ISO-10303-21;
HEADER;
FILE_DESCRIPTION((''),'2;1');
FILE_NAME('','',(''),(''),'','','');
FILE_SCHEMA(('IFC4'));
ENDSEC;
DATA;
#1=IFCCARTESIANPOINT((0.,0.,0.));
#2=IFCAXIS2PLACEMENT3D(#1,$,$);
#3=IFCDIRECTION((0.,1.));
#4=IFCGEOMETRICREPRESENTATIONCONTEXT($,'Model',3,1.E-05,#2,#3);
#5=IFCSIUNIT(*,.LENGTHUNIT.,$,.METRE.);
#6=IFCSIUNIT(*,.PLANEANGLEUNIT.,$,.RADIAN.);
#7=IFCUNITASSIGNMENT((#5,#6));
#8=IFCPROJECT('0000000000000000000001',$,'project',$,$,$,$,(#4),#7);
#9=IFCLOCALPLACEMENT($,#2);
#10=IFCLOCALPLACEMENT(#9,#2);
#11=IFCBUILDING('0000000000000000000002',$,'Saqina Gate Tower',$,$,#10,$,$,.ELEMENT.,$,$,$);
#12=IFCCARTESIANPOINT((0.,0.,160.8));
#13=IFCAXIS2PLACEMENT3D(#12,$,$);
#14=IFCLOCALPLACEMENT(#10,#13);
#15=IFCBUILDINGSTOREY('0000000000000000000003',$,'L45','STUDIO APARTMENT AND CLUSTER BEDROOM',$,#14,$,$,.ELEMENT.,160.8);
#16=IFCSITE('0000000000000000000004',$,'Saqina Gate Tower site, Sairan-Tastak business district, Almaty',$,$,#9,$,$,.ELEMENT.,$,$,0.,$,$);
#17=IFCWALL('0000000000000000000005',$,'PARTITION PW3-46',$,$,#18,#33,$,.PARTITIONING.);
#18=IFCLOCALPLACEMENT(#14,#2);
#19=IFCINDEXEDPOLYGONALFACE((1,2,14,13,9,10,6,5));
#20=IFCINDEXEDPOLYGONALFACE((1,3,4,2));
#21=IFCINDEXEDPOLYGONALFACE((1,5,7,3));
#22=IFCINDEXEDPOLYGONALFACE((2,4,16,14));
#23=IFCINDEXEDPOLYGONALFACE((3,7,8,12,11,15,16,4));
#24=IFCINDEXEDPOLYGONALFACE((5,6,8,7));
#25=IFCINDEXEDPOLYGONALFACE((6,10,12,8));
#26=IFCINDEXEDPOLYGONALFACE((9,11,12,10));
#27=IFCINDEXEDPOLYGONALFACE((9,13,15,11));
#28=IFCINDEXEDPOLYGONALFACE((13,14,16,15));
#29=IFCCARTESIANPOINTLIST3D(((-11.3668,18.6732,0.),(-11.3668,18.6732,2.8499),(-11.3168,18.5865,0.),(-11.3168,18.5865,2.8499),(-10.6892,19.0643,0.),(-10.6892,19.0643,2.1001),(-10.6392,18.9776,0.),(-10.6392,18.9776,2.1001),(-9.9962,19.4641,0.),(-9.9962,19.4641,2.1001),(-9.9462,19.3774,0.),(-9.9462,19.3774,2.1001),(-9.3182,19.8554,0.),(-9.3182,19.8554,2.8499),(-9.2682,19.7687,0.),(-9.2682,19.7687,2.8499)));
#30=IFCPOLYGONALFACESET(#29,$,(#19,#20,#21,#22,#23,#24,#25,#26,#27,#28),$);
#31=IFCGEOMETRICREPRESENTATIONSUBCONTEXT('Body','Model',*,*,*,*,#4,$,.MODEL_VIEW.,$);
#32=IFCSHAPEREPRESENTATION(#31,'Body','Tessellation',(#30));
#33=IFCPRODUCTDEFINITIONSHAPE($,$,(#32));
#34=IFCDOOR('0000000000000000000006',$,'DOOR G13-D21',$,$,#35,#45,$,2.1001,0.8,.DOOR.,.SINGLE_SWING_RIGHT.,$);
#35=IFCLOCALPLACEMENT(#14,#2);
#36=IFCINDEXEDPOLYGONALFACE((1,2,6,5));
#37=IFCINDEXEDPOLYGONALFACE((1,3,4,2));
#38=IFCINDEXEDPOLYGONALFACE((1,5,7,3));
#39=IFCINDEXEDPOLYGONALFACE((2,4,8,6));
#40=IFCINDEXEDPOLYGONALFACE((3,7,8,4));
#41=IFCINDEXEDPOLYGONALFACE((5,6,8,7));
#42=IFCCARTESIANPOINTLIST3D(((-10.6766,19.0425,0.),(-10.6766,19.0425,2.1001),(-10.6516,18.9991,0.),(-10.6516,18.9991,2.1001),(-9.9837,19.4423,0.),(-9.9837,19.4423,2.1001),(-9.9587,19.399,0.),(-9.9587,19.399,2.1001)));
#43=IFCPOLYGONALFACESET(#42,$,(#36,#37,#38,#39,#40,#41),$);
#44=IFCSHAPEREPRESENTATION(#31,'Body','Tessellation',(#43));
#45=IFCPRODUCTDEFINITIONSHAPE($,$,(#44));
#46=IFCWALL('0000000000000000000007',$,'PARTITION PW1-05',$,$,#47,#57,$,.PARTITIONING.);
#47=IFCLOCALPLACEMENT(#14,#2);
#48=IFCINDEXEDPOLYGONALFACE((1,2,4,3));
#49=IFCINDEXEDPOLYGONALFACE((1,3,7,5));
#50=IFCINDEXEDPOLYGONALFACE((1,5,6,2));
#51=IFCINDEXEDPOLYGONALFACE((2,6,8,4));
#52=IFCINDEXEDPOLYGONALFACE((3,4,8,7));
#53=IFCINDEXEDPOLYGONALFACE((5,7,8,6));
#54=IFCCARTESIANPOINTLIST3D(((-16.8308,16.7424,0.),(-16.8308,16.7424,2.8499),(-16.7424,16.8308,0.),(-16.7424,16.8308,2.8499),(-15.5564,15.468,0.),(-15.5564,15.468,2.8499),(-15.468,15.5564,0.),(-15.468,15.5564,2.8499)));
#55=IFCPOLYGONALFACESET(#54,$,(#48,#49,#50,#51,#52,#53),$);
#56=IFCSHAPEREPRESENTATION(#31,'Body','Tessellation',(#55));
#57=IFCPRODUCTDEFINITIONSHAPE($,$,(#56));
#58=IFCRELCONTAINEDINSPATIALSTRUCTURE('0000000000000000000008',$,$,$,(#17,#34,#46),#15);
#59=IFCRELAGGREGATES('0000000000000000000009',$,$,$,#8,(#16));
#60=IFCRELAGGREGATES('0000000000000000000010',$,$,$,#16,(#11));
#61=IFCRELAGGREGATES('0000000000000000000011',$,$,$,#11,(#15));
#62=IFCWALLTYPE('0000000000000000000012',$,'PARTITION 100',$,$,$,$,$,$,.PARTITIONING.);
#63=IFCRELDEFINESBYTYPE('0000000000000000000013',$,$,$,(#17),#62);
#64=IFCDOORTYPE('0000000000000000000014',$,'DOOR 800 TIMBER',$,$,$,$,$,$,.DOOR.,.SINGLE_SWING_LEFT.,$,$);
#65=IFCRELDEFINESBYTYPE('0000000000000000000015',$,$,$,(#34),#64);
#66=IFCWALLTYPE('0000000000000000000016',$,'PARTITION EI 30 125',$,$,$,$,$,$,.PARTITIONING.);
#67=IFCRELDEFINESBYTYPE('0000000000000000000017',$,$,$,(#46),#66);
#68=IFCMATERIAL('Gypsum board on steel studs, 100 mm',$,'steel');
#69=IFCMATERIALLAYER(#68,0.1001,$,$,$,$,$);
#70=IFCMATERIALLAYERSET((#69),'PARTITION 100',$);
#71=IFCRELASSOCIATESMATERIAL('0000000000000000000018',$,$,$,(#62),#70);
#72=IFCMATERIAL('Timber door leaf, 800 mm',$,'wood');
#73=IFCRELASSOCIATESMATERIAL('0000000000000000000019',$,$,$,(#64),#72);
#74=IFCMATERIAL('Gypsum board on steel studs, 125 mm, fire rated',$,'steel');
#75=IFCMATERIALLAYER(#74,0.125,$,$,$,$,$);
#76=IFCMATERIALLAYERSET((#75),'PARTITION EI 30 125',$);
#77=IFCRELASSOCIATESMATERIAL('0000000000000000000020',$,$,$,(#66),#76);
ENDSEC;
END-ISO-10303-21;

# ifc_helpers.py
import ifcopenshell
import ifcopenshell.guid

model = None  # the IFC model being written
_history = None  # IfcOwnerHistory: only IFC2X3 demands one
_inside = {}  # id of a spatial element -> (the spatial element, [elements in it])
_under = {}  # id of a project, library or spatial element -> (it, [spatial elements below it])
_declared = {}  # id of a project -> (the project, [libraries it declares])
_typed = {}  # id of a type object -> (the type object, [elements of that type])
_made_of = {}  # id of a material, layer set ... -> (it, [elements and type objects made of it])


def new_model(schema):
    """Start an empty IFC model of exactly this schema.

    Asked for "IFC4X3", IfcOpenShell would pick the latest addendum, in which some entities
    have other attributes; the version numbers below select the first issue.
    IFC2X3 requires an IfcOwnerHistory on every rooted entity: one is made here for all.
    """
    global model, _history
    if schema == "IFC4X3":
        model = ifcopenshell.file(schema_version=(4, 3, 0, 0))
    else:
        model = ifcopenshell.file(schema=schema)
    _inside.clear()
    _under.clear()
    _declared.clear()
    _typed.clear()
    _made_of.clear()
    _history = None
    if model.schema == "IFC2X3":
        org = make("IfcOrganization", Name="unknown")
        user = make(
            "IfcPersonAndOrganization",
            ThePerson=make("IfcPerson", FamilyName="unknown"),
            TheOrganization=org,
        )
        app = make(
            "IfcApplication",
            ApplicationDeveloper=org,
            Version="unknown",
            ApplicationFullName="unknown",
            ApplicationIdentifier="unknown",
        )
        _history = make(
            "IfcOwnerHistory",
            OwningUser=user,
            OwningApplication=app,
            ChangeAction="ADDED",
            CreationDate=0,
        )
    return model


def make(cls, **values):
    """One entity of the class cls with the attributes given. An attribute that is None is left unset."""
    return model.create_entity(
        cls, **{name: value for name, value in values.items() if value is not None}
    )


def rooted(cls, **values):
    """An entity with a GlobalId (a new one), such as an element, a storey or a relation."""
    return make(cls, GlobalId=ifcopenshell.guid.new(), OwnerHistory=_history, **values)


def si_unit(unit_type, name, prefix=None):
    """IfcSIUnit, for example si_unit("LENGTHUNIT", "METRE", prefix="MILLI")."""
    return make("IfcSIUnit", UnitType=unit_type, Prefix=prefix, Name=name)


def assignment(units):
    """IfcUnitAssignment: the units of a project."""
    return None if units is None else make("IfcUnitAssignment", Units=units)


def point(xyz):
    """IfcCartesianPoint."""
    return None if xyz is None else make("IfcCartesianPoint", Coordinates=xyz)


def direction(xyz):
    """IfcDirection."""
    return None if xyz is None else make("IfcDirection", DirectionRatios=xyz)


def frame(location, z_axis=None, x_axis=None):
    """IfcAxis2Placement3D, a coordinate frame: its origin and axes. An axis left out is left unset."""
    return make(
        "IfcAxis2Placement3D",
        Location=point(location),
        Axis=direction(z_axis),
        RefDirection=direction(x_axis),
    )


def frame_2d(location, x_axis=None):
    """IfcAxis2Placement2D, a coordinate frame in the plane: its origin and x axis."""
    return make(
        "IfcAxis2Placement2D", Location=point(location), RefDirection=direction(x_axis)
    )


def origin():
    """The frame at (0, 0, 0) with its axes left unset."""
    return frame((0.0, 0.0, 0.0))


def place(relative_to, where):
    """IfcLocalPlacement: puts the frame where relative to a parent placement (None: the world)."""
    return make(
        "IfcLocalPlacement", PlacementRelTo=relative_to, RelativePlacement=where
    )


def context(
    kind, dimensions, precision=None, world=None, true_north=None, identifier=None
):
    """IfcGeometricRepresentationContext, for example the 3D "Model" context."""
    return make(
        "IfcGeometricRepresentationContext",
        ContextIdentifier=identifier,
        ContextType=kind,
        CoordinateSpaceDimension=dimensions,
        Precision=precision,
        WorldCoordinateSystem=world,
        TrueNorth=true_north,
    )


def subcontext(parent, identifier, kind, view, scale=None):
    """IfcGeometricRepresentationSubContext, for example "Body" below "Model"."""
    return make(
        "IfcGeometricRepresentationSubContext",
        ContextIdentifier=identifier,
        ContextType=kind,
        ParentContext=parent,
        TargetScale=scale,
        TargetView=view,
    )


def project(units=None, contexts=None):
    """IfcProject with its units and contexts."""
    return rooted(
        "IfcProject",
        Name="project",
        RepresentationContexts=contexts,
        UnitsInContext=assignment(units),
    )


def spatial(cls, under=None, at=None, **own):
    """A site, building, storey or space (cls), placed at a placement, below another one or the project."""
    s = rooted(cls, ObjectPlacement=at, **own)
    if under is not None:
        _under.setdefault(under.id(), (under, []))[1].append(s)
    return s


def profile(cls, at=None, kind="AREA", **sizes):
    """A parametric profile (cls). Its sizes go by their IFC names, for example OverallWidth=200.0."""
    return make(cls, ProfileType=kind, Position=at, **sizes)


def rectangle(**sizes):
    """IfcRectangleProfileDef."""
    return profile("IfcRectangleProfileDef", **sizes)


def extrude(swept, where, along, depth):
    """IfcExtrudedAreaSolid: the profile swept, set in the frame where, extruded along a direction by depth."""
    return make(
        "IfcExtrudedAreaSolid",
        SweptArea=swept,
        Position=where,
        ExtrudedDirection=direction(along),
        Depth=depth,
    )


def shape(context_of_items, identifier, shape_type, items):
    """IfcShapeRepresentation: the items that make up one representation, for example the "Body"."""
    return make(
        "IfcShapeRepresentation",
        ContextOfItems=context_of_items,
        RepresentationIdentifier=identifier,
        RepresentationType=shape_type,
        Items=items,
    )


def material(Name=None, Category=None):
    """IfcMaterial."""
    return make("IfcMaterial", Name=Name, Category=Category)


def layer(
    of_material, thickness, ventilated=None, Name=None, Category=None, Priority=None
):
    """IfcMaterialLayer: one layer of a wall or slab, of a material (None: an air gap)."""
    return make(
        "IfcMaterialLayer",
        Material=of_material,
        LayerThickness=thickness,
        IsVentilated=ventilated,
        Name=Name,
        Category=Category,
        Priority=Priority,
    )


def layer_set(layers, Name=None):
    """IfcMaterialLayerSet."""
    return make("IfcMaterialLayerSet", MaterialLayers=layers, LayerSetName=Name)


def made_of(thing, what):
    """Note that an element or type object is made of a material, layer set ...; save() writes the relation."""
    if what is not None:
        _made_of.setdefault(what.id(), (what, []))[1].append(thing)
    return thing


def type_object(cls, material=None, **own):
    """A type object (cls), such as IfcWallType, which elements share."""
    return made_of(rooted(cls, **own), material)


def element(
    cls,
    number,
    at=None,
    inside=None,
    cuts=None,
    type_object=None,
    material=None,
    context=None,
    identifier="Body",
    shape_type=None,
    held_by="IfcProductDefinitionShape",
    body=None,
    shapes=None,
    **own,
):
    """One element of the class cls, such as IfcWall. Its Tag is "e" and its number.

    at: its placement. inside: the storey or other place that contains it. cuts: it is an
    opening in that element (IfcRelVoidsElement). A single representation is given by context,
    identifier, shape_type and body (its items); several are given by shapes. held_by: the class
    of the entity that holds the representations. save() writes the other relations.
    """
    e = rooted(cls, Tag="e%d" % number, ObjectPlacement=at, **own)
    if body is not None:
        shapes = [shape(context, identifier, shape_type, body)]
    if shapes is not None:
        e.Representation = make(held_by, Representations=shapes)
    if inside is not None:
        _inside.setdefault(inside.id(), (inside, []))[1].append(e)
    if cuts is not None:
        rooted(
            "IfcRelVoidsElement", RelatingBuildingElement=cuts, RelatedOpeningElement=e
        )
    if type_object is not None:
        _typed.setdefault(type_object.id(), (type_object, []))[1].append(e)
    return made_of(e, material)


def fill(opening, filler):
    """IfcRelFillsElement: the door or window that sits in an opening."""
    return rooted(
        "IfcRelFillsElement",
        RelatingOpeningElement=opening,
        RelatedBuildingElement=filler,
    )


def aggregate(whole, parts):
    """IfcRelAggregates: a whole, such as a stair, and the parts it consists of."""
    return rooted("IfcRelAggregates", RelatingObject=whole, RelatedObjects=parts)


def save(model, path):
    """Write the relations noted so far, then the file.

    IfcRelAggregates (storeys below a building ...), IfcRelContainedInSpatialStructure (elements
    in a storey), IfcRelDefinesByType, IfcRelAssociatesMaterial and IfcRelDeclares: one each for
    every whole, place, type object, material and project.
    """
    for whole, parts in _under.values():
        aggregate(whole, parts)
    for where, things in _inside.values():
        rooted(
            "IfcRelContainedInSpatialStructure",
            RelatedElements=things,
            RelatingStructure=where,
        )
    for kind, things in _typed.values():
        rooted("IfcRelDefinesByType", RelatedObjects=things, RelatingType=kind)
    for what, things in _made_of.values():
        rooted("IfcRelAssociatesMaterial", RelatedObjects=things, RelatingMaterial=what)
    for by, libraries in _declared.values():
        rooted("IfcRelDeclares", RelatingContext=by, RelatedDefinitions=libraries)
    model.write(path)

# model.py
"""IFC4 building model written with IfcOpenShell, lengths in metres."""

from ifc_helpers import new_model, si_unit, direction, frame, frame_2d, origin, place, context, subcontext, project, spatial, rectangle, extrude, material, layer, layer_set, type_object, element, fill, save


model = new_model("IFC4")

# Units and contexts
model_context = context("Model", 3, precision=1e-05, world=origin(), true_north=direction((0.0, 1.0)))
body_context = subcontext(model_context, "Body", "Model", "MODEL_VIEW")
ifc_project = project(units=[si_unit("LENGTHUNIT", "METRE"), si_unit("PLANEANGLEUNIT", "RADIAN")], contexts=[model_context])

# Site, building, storey
site_placement = place(None, origin())
site = spatial("IfcSite", under=ifc_project, at=site_placement, Name="Saqina Gate Tower site, Sairan-Tastak business district, Almaty", CompositionType="ELEMENT", RefElevation=0.0)
building_placement = place(site_placement, origin())
building = spatial("IfcBuilding", under=site, at=building_placement, Name="Saqina Gate Tower", CompositionType="ELEMENT")
storey_placement = place(building_placement, frame((0.0, 0.0, 160.8)))
storey = spatial("IfcBuildingStorey", under=building, at=storey_placement, Name="L45", Description="STUDIO APARTMENT AND CLUSTER BEDROOM", CompositionType="ELEMENT", Elevation=160.8)

# Shared definitions
ifc_material_1 = material(Name="Gypsum board on steel studs, 100 mm", Category="steel")
ifc_layer_1 = layer(ifc_material_1, 0.1001)
ifc_layer_set_1 = layer_set([ifc_layer_1], Name="PARTITION 100")
wall_type_1 = type_object("IfcWallType", Name="PARTITION 100", PredefinedType="PARTITIONING", material=ifc_layer_set_1)

# Wall, opening, door
wall_1_placement = place(storey_placement, frame((-11.3418, 18.6299, 0.0), z_axis=(0.0, 0.0, 1.0), x_axis=(0.866139, 0.499803, 0.0)))
wall_1 = element("IfcWall", 1, at=wall_1_placement, inside=storey, type_object=wall_type_1, Name="PARTITION PW3-46", PredefinedType="PARTITIONING", context=body_context, shape_type="SweptSolid", body=[
    extrude(rectangle(XDim=2.3652, YDim=0.1001, at=frame_2d((1.1826, 0.0))), origin(), (0.0, 0.0, 1.0), 2.8499),
])
opening_1_placement = place(wall_1_placement, frame((0.7825, 0.0, 0.0)))
opening_1 = element("IfcOpeningElement", 2, at=opening_1_placement, cuts=wall_1, PredefinedType="OPENING", context=body_context, shape_type="SweptSolid", body=[
    extrude(rectangle(XDim=0.8, YDim=2.1001, at=frame_2d((0.3999, 1.05))), frame((0.0, 0.062, 0.0), z_axis=(0.0, -1.0, 0.0), x_axis=(1.0, 0.0, 0.0)), (0.0, 0.0, 1.0), 0.124),
])
ifc_material_2 = material(Name="Timber door leaf, 800 mm", Category="wood")
door_type = type_object("IfcDoorType", Name="DOOR 800 TIMBER", OperationType="SINGLE_SWING_LEFT", PredefinedType="DOOR", material=ifc_material_2)
door_placement = place(opening_1_placement, origin())
door = element("IfcDoor", 3, at=door_placement, inside=storey, type_object=door_type, Name="DOOR G13-D21", OperationType="SINGLE_SWING_RIGHT", OverallHeight=2.1001, OverallWidth=0.8, PredefinedType="DOOR", context=body_context, shape_type="SweptSolid", body=[
    extrude(rectangle(XDim=0.8, YDim=2.1001, at=frame_2d((0.3999, 1.05))), frame((0.0, 0.0249, 0.0), z_axis=(0.0, -1.0, 0.0), x_axis=(1.0, 0.0, 0.0)), (0.0, 0.0, 1.0), 0.05),
])
fill(opening_1, door)

# Wall
ifc_material_3 = material(Name="Gypsum board on steel studs, 125 mm, fire rated", Category="steel")
ifc_layer_2 = layer(ifc_material_3, 0.125)
ifc_layer_set_2 = layer_set([ifc_layer_2], Name="PARTITION EI 30 125")
wall_type_2 = type_object("IfcWallType", Name="PARTITION EI 30 125", PredefinedType="PARTITIONING", material=ifc_layer_set_2)
wall_2_placement = place(storey_placement, frame((-16.7866, 16.7866, 0.0), z_axis=(0.0, 0.0, 1.0), x_axis=(0.707107, -0.707107, 0.0)))
element("IfcWall", 4, at=wall_2_placement, inside=storey, type_object=wall_type_2, Name="PARTITION PW1-05", PredefinedType="PARTITIONING", context=body_context, shape_type="SweptSolid", body=[
    extrude(rectangle(XDim=1.8022, YDim=0.125, at=frame_2d((0.9011, 0.0))), origin(), (0.0, 0.0, 1.0), 2.8499),
])

save(model, "model.ifc")
